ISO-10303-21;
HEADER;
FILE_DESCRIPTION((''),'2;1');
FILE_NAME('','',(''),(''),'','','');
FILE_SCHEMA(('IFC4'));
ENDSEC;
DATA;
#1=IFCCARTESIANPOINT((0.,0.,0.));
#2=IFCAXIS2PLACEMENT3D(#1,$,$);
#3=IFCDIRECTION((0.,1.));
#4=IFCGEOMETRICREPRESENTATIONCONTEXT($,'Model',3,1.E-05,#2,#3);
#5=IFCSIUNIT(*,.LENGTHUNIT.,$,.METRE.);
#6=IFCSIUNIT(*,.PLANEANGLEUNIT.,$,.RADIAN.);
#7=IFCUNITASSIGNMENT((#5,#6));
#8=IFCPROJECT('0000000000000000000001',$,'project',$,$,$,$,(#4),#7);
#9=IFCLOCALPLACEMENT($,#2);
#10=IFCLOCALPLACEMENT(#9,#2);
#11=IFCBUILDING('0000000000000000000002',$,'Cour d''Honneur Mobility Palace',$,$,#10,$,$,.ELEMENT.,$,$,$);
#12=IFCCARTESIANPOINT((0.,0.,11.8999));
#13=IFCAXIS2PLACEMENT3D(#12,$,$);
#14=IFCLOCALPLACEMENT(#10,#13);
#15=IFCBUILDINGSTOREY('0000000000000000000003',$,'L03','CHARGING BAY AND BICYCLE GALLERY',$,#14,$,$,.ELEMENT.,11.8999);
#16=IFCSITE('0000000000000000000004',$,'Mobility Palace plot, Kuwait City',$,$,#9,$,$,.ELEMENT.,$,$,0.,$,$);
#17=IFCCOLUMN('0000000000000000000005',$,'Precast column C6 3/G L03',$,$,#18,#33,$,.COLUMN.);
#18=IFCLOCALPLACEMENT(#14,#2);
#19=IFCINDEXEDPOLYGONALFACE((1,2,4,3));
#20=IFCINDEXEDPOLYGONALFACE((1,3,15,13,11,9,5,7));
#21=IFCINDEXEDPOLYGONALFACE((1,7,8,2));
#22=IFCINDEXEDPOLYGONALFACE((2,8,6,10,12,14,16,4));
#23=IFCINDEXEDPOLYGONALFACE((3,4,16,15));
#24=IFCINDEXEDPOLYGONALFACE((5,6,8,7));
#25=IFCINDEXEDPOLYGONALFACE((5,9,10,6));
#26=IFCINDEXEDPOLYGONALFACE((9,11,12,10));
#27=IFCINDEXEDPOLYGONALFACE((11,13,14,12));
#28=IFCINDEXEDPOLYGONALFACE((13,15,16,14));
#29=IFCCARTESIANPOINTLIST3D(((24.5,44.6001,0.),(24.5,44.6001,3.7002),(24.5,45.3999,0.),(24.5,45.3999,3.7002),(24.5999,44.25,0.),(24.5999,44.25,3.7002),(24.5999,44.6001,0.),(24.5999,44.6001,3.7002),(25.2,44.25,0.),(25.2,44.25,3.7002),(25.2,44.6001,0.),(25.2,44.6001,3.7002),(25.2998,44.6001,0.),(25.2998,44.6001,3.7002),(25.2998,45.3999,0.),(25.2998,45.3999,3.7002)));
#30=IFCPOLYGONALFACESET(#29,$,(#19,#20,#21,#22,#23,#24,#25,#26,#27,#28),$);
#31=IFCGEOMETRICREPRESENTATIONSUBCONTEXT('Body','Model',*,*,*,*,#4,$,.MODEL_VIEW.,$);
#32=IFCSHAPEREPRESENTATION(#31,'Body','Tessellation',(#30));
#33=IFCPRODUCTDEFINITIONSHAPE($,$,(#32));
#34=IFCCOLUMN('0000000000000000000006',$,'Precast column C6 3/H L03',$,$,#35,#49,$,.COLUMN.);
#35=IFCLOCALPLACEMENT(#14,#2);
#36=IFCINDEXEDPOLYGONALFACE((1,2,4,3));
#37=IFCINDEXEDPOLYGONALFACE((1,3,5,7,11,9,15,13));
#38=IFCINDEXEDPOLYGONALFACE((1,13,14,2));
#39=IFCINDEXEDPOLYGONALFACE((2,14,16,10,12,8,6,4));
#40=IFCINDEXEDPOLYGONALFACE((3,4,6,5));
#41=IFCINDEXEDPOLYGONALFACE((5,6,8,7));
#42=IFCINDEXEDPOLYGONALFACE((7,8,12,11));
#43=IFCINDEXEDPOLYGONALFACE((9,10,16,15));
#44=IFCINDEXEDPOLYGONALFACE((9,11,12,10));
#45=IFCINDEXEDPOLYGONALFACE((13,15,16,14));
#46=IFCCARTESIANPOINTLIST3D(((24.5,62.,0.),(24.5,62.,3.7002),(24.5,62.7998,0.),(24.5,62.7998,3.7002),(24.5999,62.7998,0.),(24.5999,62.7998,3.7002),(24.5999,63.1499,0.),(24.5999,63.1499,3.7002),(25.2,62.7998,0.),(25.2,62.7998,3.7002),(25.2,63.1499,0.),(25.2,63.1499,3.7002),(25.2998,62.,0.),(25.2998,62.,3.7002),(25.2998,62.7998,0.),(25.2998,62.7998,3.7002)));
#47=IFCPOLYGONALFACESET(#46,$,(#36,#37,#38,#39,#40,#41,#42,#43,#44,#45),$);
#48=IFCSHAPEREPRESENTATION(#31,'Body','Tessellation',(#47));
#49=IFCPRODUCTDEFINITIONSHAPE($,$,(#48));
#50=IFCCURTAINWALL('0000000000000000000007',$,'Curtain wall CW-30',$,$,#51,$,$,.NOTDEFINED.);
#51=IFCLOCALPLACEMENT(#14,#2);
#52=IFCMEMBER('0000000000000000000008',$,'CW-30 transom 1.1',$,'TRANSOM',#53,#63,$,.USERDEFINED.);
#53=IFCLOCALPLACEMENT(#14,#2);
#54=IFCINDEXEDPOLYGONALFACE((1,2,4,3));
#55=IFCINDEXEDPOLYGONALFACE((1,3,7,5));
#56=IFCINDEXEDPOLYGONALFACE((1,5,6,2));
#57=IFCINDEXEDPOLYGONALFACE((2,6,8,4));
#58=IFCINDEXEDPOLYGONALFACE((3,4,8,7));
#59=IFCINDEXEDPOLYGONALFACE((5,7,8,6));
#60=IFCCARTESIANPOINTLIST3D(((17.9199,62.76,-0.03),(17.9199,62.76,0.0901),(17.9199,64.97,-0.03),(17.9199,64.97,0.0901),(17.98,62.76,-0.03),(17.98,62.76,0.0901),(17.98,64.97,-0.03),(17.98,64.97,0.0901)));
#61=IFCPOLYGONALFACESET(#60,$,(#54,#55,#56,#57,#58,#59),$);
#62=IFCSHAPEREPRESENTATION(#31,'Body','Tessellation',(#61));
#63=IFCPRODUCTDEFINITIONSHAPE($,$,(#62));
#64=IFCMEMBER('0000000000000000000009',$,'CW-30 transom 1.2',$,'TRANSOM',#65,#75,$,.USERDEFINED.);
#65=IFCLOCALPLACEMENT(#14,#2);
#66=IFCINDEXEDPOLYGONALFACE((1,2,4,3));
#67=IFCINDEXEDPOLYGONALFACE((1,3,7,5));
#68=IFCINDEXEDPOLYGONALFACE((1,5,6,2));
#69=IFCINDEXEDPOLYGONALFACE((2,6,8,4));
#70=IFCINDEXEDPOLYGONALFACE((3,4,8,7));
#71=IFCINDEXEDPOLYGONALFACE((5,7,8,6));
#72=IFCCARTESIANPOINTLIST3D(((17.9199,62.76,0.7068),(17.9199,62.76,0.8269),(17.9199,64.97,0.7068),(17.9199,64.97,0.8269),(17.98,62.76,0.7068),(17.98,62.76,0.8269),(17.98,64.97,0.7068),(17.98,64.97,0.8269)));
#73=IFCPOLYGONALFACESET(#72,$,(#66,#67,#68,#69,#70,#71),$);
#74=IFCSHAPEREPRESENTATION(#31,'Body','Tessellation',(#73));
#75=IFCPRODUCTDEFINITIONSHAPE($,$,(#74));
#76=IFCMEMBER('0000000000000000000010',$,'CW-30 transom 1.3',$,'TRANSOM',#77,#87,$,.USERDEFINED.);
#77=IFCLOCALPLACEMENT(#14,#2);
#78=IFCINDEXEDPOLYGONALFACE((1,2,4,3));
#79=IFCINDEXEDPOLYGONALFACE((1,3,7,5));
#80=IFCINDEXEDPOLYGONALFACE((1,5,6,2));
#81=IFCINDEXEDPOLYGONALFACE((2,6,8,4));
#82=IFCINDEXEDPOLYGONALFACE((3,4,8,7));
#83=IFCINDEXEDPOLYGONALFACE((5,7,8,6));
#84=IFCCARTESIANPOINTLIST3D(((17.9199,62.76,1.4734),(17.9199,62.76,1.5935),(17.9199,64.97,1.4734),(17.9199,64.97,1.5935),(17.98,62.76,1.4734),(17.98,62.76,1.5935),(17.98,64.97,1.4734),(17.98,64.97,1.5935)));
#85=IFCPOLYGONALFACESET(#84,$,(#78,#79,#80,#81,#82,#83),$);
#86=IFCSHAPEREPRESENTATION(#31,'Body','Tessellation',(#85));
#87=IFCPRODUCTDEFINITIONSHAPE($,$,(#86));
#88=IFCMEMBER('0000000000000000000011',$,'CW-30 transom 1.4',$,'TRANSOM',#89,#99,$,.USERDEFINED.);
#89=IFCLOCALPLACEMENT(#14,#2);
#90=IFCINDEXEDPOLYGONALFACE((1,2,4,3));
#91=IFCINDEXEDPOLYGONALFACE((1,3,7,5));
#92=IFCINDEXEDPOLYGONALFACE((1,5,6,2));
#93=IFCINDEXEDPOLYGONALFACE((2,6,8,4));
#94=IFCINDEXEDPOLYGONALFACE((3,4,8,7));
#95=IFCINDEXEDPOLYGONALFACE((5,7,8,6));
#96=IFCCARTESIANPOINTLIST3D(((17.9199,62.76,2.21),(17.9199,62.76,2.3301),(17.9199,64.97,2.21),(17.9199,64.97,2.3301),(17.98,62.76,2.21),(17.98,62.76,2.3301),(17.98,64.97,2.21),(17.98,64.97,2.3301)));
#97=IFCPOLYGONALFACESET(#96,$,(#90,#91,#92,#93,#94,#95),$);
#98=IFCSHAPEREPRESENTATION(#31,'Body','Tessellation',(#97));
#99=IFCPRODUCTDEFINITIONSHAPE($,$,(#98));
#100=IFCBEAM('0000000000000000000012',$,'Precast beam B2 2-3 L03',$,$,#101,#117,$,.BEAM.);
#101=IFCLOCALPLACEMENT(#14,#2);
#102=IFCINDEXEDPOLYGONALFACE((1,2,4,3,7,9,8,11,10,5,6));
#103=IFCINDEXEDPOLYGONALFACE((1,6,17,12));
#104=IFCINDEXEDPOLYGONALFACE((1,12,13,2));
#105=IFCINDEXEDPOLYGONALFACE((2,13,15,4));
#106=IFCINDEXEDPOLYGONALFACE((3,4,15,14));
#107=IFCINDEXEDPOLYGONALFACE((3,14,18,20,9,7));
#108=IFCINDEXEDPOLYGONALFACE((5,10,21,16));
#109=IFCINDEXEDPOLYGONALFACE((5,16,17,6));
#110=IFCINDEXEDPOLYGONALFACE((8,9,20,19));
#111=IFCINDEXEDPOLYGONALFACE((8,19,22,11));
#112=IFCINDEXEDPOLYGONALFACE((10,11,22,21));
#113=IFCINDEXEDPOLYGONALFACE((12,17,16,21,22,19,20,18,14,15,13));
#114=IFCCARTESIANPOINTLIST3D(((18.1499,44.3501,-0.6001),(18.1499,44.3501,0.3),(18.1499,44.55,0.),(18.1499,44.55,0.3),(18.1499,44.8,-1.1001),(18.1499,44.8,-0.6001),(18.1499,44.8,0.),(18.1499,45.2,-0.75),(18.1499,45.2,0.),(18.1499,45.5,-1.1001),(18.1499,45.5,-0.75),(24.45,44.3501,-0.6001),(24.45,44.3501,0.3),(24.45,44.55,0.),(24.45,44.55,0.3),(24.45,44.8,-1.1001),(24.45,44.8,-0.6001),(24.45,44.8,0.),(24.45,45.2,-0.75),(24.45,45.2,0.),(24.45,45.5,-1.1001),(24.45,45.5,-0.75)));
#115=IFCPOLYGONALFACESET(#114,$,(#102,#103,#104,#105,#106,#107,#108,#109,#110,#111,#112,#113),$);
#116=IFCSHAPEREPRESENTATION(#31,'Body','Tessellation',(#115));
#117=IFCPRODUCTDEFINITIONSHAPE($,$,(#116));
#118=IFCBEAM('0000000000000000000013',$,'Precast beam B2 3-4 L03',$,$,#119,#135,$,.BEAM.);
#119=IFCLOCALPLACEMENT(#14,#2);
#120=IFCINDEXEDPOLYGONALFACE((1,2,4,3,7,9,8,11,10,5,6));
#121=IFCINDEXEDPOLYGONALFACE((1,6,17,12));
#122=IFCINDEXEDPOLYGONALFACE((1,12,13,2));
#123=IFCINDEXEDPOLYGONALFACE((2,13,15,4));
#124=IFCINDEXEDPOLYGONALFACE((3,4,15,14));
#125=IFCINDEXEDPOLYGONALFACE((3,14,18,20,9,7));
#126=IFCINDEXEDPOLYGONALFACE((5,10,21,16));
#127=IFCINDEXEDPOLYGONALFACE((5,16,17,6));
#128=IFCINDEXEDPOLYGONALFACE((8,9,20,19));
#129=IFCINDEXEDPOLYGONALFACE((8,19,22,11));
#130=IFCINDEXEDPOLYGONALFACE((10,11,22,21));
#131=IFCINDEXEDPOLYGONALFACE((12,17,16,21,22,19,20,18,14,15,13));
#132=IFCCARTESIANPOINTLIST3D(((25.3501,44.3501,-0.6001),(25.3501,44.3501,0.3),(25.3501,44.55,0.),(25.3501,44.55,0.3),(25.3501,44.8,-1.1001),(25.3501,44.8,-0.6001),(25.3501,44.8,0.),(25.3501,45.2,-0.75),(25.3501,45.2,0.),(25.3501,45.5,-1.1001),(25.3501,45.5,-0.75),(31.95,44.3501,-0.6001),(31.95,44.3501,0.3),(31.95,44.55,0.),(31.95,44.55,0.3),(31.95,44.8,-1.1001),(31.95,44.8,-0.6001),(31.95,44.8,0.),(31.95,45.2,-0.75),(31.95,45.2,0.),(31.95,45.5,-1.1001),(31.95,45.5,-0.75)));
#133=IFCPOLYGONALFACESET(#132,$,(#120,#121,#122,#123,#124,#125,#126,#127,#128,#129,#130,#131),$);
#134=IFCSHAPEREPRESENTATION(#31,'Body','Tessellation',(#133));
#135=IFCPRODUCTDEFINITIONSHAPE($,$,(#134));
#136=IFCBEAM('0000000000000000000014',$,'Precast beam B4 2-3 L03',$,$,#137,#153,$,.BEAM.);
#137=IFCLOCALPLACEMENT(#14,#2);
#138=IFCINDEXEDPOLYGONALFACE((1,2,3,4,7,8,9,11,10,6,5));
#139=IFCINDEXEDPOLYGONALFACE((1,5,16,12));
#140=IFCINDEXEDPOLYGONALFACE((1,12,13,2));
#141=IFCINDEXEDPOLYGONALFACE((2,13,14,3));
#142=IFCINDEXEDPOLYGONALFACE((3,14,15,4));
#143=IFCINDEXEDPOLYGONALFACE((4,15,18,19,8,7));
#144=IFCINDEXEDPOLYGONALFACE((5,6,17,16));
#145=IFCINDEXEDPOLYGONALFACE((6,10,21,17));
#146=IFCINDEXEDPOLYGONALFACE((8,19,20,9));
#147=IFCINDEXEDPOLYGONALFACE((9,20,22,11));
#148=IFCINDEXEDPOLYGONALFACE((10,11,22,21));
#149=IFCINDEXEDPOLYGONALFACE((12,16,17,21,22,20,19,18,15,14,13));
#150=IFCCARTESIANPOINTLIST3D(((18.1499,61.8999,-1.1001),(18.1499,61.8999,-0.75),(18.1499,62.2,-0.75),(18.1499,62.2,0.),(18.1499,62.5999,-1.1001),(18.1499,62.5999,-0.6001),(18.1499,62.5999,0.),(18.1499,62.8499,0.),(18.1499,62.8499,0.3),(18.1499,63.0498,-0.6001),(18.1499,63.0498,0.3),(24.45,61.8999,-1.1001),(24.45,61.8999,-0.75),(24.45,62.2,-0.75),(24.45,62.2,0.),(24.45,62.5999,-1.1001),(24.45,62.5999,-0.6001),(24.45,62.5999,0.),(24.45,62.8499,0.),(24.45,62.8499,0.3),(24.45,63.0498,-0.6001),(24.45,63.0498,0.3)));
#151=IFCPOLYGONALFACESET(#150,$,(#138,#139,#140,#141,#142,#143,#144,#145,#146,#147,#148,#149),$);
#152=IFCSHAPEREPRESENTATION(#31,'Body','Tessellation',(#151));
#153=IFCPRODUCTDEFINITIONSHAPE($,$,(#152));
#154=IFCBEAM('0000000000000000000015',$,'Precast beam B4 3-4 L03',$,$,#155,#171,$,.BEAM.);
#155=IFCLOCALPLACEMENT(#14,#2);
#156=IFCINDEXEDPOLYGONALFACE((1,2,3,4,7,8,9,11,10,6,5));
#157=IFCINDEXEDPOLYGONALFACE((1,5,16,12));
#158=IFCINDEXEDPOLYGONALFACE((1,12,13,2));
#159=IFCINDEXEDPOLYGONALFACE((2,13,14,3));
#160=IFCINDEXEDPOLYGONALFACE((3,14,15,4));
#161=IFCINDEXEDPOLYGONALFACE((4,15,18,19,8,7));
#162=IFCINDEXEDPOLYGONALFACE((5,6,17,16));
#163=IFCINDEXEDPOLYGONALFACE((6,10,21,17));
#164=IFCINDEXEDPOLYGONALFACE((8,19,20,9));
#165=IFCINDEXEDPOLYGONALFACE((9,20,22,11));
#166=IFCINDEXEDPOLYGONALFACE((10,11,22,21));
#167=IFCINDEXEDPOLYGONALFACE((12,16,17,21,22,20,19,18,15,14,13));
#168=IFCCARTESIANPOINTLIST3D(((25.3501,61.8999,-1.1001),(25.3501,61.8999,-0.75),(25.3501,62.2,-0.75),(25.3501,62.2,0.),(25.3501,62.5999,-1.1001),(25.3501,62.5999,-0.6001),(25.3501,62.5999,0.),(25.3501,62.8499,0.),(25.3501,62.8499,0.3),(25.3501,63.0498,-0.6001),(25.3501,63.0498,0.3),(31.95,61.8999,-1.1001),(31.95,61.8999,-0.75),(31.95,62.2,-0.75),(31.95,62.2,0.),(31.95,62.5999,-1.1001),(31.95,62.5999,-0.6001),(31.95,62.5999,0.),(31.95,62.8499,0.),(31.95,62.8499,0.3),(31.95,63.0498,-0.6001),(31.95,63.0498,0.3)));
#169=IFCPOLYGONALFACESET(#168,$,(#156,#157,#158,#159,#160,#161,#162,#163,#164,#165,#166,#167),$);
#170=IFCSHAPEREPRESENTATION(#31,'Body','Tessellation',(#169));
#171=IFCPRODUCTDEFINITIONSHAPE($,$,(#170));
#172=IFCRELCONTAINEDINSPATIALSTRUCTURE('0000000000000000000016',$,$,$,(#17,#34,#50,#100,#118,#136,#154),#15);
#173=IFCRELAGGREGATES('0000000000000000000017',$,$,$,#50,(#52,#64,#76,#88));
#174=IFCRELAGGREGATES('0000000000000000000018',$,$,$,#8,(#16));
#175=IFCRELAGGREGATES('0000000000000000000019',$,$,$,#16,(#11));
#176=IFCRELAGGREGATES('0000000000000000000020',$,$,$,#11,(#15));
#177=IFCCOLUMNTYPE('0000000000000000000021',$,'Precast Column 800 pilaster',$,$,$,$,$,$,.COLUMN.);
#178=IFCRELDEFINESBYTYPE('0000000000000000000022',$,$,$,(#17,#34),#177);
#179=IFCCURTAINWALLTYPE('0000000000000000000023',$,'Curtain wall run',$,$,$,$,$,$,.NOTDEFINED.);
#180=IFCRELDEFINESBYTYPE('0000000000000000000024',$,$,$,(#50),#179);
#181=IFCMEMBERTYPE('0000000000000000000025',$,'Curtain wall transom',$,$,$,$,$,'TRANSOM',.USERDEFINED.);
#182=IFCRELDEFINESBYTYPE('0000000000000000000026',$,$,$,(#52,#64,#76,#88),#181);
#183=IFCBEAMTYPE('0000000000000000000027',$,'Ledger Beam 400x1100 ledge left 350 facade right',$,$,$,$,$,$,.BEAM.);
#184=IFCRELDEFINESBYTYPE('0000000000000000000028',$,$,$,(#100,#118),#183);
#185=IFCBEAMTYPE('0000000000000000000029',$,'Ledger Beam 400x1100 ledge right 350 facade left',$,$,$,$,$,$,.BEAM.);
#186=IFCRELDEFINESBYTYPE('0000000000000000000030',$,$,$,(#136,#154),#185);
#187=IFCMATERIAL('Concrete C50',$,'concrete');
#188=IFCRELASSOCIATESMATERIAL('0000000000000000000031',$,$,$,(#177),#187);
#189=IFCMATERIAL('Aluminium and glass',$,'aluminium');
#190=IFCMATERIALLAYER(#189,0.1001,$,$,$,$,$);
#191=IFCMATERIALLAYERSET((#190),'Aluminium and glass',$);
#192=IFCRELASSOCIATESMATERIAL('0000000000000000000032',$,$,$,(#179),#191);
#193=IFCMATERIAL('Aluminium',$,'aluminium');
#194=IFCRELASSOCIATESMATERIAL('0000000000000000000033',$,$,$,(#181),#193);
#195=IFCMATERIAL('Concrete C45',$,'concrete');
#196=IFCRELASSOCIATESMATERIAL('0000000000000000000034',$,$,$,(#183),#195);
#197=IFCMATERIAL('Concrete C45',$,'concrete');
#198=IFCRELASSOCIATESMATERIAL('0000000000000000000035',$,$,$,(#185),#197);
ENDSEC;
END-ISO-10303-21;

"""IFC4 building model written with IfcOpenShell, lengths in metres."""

from ifc_helpers import new_model, si_unit, direction, frame, origin, origin_2d, place, context, subcontext, project, spatial, polyline, rectangle, outline, extrude, material, layer, layer_set, material_profile, profile_set, type_object, element, aggregate, save


model = new_model("IFC4")

# Units and contexts
model_context = context("Model", 3, precision=1e-05, world=origin(), true_north=direction((0.0, 1.0)))
body_context = subcontext(model_context, "Body", "Model", "MODEL_VIEW")
ifc_project = project(units=[si_unit("LENGTHUNIT", "METRE"), si_unit("PLANEANGLEUNIT", "RADIAN")], contexts=[model_context])

# Site, building, storey
site_placement = place(None, origin())
site = spatial("IfcSite", under=ifc_project, at=site_placement, Name="Mobility Palace plot, Kuwait City", CompositionType="ELEMENT", RefElevation=0.0)
building_placement = place(site_placement, origin())
building = spatial("IfcBuilding", under=site, at=building_placement, Name="Cour d'Honneur Mobility Palace", CompositionType="ELEMENT")
storey_placement = place(building_placement, frame((0.0, 0.0, 11.8999)))
storey = spatial("IfcBuildingStorey", under=building, at=storey_placement, Name="L03", Description="CHARGING BAY AND BICYCLE GALLERY", CompositionType="ELEMENT", Elevation=11.8999)

# Columns
ifc_material_1 = material(Name="Concrete C50", Category="concrete")
ifc_material_profile_1 = material_profile(ifc_material_1, outline(polyline([(-0.3999, -0.3999), (0.3999, -0.3999), (0.3999, -0.3), (0.75, -0.3), (0.75, 0.3), (0.3999, 0.3), (0.3999, 0.3999), (-0.3999, 0.3999), (-0.3999, -0.3999)])), Name="PC C800 pilaster")
ifc_profile_set_1 = profile_set([ifc_material_profile_1], Name="Concrete C50")
column_type = type_object("IfcColumnType", Name="Precast Column 800 pilaster", PredefinedType="COLUMN", material=ifc_profile_set_1)
for number, where, z_axis, x_axis, name in (
    (1, (24.8999, 45.0, 0.0), (0.0, 0.0, 1.0), (0.0, -1.0, 0.0), "Precast column C6 3/G L03"),
    (2, (24.8999, 62.3999, 0.0), (0.0, 0.0, 1.0), (0.0, 1.0, 0.0), "Precast column C6 3/H L03"),
):
    element("IfcColumn", number, at=place(storey_placement, frame(where, z_axis=z_axis, x_axis=x_axis)), inside=storey, type_object=column_type, Name=name, PredefinedType="COLUMN", context=body_context, shape_type="SweptSolid", body=[
        extrude(outline(polyline([(-0.3999, -0.3999), (0.3999, -0.3999), (0.3999, -0.3), (0.75, -0.3), (0.75, 0.3), (0.3999, 0.3), (0.3999, 0.3999), (-0.3999, 0.3999), (-0.3999, -0.3999)])), origin(), (0.0, 0.0, 1.0), 3.7002),
    ])

# Curtain wall, members
ifc_material_2 = material(Name="Aluminium and glass", Category="aluminium")
ifc_layer_1 = layer(ifc_material_2, 0.1001)
ifc_layer_set_1 = layer_set([ifc_layer_1], Name="Aluminium and glass")
curtain_wall_type = type_object("IfcCurtainWallType", Name="Curtain wall run", PredefinedType="NOTDEFINED", material=ifc_layer_set_1)
curtain_wall_placement = place(storey_placement, origin())
curtain_wall = element("IfcCurtainWall", 3, at=curtain_wall_placement, inside=storey, type_object=curtain_wall_type, Name="Curtain wall CW-30", PredefinedType="NOTDEFINED")
ifc_material_3 = material(Name="Aluminium", Category="aluminium")
ifc_material_profile_2 = material_profile(ifc_material_3, rectangle(XDim=0.0601, YDim=0.1201, at=origin_2d()), Name="Curtain wall transom")
ifc_profile_set_2 = profile_set([ifc_material_profile_2], Name="Aluminium")
member_type = type_object("IfcMemberType", Name="Curtain wall transom", ElementType="TRANSOM", PredefinedType="USERDEFINED", material=ifc_profile_set_2)
member_1_placement = place(storey_placement, frame((17.95, 62.76, 0.03), z_axis=(0.0, 1.0, 0.0), x_axis=(-1.0, 0.0, 0.0)))
member_1 = element("IfcMember", 4, at=member_1_placement, type_object=member_type, Name="CW-30 transom 1.1", ObjectType="TRANSOM", PredefinedType="USERDEFINED", context=body_context, shape_type="SweptSolid", body=[
    extrude(rectangle(XDim=0.0601, YDim=0.1201, at=origin_2d()), origin(), (0.0, 0.0, 1.0), 2.21),
])
member_2_placement = place(storey_placement, frame((17.95, 62.76, 0.7668), z_axis=(0.0, 1.0, 0.0), x_axis=(-1.0, 0.0, 0.0)))
member_2 = element("IfcMember", 5, at=member_2_placement, type_object=member_type, Name="CW-30 transom 1.2", ObjectType="TRANSOM", PredefinedType="USERDEFINED", context=body_context, shape_type="SweptSolid", body=[
    extrude(rectangle(XDim=0.0601, YDim=0.1201, at=origin_2d()), origin(), (0.0, 0.0, 1.0), 2.21),
])
member_3_placement = place(storey_placement, frame((17.95, 62.76, 1.5334), z_axis=(0.0, 1.0, 0.0), x_axis=(-1.0, 0.0, 0.0)))
member_3 = element("IfcMember", 6, at=member_3_placement, type_object=member_type, Name="CW-30 transom 1.3", ObjectType="TRANSOM", PredefinedType="USERDEFINED", context=body_context, shape_type="SweptSolid", body=[
    extrude(rectangle(XDim=0.0601, YDim=0.1201, at=origin_2d()), origin(), (0.0, 0.0, 1.0), 2.21),
])
member_4_placement = place(storey_placement, frame((17.95, 62.76, 2.27), z_axis=(0.0, 1.0, 0.0), x_axis=(-1.0, 0.0, 0.0)))
member_4 = element("IfcMember", 7, at=member_4_placement, type_object=member_type, Name="CW-30 transom 1.4", ObjectType="TRANSOM", PredefinedType="USERDEFINED", context=body_context, shape_type="SweptSolid", body=[
    extrude(rectangle(XDim=0.0601, YDim=0.1201, at=origin_2d()), origin(), (0.0, 0.0, 1.0), 2.21),
])
aggregate(curtain_wall, [member_1, member_2, member_3, member_4])

# Beams
ifc_material_4 = material(Name="Concrete C45", Category="concrete")
ifc_material_profile_3 = material_profile(ifc_material_4, outline(polyline([(0.5, -1.1001), (0.5, -0.75), (0.2, -0.75), (0.2, 0.0), (-0.2, 0.0), (-0.45, 0.0), (-0.45, 0.3), (-0.6499, 0.3), (-0.6499, -0.6001), (-0.2, -0.6001), (-0.2, -1.1001), (0.5, -1.1001)])), Name="Ledger Beam 400x1100 ledge left 350 facade right")
ifc_profile_set_3 = profile_set([ifc_material_profile_3], Name="Concrete C45")
beam_type_1 = type_object("IfcBeamType", Name="Ledger Beam 400x1100 ledge left 350 facade right", PredefinedType="BEAM", material=ifc_profile_set_3)
beam_1_placement = place(storey_placement, frame((18.1499, 45.0, 0.0), z_axis=(1.0, 0.0, 0.0), x_axis=(0.0, 1.0, 0.0)))
element("IfcBeam", 8, at=beam_1_placement, inside=storey, type_object=beam_type_1, Name="Precast beam B2 2-3 L03", PredefinedType="BEAM", context=body_context, shape_type="SweptSolid", body=[
    extrude(outline(polyline([(0.5, -1.1001), (0.5, -0.75), (0.2, -0.75), (0.2, 0.0), (-0.2, 0.0), (-0.45, 0.0), (-0.45, 0.3), (-0.6499, 0.3), (-0.6499, -0.6001), (-0.2, -0.6001), (-0.2, -1.1001), (0.5, -1.1001)])), origin(), (0.0, 0.0, 1.0), 6.3),
])
beam_2_placement = place(storey_placement, frame((25.3501, 45.0, 0.0), z_axis=(1.0, 0.0, 0.0), x_axis=(0.0, 1.0, 0.0)))
element("IfcBeam", 9, at=beam_2_placement, inside=storey, type_object=beam_type_1, Name="Precast beam B2 3-4 L03", PredefinedType="BEAM", context=body_context, shape_type="SweptSolid", body=[
    extrude(outline(polyline([(0.5, -1.1001), (0.5, -0.75), (0.2, -0.75), (0.2, 0.0), (-0.2, 0.0), (-0.45, 0.0), (-0.45, 0.3), (-0.6499, 0.3), (-0.6499, -0.6001), (-0.2, -0.6001), (-0.2, -1.1001), (0.5, -1.1001)])), origin(), (0.0, 0.0, 1.0), 6.5999),
])
ifc_material_5 = material(Name="Concrete C45", Category="concrete")
ifc_material_profile_4 = material_profile(ifc_material_5, outline(polyline([(0.2, -1.1001), (0.2, -0.6001), (0.6499, -0.6001), (0.6499, 0.3), (0.45, 0.3), (0.45, 0.0), (0.2, 0.0), (-0.2, 0.0), (-0.2, -0.75), (-0.5, -0.75), (-0.5, -1.1001), (0.2, -1.1001)])), Name="Ledger Beam 400x1100 ledge right 350 facade left")
ifc_profile_set_4 = profile_set([ifc_material_profile_4], Name="Concrete C45")
beam_type_2 = type_object("IfcBeamType", Name="Ledger Beam 400x1100 ledge right 350 facade left", PredefinedType="BEAM", material=ifc_profile_set_4)
beam_3_placement = place(storey_placement, frame((18.1499, 62.3999, 0.0), z_axis=(1.0, 0.0, 0.0), x_axis=(0.0, 1.0, 0.0)))
element("IfcBeam", 10, at=beam_3_placement, inside=storey, type_object=beam_type_2, Name="Precast beam B4 2-3 L03", PredefinedType="BEAM", context=body_context, shape_type="SweptSolid", body=[
    extrude(outline(polyline([(0.2, -1.1001), (0.2, -0.6001), (0.6499, -0.6001), (0.6499, 0.3), (0.45, 0.3), (0.45, 0.0), (0.2, 0.0), (-0.2, 0.0), (-0.2, -0.75), (-0.5, -0.75), (-0.5, -1.1001), (0.2, -1.1001)])), origin(), (0.0, 0.0, 1.0), 6.3),
])
beam_4_placement = place(storey_placement, frame((25.3501, 62.3999, 0.0), z_axis=(1.0, 0.0, 0.0), x_axis=(0.0, 1.0, 0.0)))
element("IfcBeam", 11, at=beam_4_placement, inside=storey, type_object=beam_type_2, Name="Precast beam B4 3-4 L03", PredefinedType="BEAM", context=body_context, shape_type="SweptSolid", body=[
    extrude(outline(polyline([(0.2, -1.1001), (0.2, -0.6001), (0.6499, -0.6001), (0.6499, 0.3), (0.45, 0.3), (0.45, 0.0), (0.2, 0.0), (-0.2, 0.0), (-0.2, -0.75), (-0.5, -0.75), (-0.5, -1.1001), (0.2, -1.1001)])), origin(), (0.0, 0.0, 1.0), 6.5999),
])

save(model, "model.ifc")
